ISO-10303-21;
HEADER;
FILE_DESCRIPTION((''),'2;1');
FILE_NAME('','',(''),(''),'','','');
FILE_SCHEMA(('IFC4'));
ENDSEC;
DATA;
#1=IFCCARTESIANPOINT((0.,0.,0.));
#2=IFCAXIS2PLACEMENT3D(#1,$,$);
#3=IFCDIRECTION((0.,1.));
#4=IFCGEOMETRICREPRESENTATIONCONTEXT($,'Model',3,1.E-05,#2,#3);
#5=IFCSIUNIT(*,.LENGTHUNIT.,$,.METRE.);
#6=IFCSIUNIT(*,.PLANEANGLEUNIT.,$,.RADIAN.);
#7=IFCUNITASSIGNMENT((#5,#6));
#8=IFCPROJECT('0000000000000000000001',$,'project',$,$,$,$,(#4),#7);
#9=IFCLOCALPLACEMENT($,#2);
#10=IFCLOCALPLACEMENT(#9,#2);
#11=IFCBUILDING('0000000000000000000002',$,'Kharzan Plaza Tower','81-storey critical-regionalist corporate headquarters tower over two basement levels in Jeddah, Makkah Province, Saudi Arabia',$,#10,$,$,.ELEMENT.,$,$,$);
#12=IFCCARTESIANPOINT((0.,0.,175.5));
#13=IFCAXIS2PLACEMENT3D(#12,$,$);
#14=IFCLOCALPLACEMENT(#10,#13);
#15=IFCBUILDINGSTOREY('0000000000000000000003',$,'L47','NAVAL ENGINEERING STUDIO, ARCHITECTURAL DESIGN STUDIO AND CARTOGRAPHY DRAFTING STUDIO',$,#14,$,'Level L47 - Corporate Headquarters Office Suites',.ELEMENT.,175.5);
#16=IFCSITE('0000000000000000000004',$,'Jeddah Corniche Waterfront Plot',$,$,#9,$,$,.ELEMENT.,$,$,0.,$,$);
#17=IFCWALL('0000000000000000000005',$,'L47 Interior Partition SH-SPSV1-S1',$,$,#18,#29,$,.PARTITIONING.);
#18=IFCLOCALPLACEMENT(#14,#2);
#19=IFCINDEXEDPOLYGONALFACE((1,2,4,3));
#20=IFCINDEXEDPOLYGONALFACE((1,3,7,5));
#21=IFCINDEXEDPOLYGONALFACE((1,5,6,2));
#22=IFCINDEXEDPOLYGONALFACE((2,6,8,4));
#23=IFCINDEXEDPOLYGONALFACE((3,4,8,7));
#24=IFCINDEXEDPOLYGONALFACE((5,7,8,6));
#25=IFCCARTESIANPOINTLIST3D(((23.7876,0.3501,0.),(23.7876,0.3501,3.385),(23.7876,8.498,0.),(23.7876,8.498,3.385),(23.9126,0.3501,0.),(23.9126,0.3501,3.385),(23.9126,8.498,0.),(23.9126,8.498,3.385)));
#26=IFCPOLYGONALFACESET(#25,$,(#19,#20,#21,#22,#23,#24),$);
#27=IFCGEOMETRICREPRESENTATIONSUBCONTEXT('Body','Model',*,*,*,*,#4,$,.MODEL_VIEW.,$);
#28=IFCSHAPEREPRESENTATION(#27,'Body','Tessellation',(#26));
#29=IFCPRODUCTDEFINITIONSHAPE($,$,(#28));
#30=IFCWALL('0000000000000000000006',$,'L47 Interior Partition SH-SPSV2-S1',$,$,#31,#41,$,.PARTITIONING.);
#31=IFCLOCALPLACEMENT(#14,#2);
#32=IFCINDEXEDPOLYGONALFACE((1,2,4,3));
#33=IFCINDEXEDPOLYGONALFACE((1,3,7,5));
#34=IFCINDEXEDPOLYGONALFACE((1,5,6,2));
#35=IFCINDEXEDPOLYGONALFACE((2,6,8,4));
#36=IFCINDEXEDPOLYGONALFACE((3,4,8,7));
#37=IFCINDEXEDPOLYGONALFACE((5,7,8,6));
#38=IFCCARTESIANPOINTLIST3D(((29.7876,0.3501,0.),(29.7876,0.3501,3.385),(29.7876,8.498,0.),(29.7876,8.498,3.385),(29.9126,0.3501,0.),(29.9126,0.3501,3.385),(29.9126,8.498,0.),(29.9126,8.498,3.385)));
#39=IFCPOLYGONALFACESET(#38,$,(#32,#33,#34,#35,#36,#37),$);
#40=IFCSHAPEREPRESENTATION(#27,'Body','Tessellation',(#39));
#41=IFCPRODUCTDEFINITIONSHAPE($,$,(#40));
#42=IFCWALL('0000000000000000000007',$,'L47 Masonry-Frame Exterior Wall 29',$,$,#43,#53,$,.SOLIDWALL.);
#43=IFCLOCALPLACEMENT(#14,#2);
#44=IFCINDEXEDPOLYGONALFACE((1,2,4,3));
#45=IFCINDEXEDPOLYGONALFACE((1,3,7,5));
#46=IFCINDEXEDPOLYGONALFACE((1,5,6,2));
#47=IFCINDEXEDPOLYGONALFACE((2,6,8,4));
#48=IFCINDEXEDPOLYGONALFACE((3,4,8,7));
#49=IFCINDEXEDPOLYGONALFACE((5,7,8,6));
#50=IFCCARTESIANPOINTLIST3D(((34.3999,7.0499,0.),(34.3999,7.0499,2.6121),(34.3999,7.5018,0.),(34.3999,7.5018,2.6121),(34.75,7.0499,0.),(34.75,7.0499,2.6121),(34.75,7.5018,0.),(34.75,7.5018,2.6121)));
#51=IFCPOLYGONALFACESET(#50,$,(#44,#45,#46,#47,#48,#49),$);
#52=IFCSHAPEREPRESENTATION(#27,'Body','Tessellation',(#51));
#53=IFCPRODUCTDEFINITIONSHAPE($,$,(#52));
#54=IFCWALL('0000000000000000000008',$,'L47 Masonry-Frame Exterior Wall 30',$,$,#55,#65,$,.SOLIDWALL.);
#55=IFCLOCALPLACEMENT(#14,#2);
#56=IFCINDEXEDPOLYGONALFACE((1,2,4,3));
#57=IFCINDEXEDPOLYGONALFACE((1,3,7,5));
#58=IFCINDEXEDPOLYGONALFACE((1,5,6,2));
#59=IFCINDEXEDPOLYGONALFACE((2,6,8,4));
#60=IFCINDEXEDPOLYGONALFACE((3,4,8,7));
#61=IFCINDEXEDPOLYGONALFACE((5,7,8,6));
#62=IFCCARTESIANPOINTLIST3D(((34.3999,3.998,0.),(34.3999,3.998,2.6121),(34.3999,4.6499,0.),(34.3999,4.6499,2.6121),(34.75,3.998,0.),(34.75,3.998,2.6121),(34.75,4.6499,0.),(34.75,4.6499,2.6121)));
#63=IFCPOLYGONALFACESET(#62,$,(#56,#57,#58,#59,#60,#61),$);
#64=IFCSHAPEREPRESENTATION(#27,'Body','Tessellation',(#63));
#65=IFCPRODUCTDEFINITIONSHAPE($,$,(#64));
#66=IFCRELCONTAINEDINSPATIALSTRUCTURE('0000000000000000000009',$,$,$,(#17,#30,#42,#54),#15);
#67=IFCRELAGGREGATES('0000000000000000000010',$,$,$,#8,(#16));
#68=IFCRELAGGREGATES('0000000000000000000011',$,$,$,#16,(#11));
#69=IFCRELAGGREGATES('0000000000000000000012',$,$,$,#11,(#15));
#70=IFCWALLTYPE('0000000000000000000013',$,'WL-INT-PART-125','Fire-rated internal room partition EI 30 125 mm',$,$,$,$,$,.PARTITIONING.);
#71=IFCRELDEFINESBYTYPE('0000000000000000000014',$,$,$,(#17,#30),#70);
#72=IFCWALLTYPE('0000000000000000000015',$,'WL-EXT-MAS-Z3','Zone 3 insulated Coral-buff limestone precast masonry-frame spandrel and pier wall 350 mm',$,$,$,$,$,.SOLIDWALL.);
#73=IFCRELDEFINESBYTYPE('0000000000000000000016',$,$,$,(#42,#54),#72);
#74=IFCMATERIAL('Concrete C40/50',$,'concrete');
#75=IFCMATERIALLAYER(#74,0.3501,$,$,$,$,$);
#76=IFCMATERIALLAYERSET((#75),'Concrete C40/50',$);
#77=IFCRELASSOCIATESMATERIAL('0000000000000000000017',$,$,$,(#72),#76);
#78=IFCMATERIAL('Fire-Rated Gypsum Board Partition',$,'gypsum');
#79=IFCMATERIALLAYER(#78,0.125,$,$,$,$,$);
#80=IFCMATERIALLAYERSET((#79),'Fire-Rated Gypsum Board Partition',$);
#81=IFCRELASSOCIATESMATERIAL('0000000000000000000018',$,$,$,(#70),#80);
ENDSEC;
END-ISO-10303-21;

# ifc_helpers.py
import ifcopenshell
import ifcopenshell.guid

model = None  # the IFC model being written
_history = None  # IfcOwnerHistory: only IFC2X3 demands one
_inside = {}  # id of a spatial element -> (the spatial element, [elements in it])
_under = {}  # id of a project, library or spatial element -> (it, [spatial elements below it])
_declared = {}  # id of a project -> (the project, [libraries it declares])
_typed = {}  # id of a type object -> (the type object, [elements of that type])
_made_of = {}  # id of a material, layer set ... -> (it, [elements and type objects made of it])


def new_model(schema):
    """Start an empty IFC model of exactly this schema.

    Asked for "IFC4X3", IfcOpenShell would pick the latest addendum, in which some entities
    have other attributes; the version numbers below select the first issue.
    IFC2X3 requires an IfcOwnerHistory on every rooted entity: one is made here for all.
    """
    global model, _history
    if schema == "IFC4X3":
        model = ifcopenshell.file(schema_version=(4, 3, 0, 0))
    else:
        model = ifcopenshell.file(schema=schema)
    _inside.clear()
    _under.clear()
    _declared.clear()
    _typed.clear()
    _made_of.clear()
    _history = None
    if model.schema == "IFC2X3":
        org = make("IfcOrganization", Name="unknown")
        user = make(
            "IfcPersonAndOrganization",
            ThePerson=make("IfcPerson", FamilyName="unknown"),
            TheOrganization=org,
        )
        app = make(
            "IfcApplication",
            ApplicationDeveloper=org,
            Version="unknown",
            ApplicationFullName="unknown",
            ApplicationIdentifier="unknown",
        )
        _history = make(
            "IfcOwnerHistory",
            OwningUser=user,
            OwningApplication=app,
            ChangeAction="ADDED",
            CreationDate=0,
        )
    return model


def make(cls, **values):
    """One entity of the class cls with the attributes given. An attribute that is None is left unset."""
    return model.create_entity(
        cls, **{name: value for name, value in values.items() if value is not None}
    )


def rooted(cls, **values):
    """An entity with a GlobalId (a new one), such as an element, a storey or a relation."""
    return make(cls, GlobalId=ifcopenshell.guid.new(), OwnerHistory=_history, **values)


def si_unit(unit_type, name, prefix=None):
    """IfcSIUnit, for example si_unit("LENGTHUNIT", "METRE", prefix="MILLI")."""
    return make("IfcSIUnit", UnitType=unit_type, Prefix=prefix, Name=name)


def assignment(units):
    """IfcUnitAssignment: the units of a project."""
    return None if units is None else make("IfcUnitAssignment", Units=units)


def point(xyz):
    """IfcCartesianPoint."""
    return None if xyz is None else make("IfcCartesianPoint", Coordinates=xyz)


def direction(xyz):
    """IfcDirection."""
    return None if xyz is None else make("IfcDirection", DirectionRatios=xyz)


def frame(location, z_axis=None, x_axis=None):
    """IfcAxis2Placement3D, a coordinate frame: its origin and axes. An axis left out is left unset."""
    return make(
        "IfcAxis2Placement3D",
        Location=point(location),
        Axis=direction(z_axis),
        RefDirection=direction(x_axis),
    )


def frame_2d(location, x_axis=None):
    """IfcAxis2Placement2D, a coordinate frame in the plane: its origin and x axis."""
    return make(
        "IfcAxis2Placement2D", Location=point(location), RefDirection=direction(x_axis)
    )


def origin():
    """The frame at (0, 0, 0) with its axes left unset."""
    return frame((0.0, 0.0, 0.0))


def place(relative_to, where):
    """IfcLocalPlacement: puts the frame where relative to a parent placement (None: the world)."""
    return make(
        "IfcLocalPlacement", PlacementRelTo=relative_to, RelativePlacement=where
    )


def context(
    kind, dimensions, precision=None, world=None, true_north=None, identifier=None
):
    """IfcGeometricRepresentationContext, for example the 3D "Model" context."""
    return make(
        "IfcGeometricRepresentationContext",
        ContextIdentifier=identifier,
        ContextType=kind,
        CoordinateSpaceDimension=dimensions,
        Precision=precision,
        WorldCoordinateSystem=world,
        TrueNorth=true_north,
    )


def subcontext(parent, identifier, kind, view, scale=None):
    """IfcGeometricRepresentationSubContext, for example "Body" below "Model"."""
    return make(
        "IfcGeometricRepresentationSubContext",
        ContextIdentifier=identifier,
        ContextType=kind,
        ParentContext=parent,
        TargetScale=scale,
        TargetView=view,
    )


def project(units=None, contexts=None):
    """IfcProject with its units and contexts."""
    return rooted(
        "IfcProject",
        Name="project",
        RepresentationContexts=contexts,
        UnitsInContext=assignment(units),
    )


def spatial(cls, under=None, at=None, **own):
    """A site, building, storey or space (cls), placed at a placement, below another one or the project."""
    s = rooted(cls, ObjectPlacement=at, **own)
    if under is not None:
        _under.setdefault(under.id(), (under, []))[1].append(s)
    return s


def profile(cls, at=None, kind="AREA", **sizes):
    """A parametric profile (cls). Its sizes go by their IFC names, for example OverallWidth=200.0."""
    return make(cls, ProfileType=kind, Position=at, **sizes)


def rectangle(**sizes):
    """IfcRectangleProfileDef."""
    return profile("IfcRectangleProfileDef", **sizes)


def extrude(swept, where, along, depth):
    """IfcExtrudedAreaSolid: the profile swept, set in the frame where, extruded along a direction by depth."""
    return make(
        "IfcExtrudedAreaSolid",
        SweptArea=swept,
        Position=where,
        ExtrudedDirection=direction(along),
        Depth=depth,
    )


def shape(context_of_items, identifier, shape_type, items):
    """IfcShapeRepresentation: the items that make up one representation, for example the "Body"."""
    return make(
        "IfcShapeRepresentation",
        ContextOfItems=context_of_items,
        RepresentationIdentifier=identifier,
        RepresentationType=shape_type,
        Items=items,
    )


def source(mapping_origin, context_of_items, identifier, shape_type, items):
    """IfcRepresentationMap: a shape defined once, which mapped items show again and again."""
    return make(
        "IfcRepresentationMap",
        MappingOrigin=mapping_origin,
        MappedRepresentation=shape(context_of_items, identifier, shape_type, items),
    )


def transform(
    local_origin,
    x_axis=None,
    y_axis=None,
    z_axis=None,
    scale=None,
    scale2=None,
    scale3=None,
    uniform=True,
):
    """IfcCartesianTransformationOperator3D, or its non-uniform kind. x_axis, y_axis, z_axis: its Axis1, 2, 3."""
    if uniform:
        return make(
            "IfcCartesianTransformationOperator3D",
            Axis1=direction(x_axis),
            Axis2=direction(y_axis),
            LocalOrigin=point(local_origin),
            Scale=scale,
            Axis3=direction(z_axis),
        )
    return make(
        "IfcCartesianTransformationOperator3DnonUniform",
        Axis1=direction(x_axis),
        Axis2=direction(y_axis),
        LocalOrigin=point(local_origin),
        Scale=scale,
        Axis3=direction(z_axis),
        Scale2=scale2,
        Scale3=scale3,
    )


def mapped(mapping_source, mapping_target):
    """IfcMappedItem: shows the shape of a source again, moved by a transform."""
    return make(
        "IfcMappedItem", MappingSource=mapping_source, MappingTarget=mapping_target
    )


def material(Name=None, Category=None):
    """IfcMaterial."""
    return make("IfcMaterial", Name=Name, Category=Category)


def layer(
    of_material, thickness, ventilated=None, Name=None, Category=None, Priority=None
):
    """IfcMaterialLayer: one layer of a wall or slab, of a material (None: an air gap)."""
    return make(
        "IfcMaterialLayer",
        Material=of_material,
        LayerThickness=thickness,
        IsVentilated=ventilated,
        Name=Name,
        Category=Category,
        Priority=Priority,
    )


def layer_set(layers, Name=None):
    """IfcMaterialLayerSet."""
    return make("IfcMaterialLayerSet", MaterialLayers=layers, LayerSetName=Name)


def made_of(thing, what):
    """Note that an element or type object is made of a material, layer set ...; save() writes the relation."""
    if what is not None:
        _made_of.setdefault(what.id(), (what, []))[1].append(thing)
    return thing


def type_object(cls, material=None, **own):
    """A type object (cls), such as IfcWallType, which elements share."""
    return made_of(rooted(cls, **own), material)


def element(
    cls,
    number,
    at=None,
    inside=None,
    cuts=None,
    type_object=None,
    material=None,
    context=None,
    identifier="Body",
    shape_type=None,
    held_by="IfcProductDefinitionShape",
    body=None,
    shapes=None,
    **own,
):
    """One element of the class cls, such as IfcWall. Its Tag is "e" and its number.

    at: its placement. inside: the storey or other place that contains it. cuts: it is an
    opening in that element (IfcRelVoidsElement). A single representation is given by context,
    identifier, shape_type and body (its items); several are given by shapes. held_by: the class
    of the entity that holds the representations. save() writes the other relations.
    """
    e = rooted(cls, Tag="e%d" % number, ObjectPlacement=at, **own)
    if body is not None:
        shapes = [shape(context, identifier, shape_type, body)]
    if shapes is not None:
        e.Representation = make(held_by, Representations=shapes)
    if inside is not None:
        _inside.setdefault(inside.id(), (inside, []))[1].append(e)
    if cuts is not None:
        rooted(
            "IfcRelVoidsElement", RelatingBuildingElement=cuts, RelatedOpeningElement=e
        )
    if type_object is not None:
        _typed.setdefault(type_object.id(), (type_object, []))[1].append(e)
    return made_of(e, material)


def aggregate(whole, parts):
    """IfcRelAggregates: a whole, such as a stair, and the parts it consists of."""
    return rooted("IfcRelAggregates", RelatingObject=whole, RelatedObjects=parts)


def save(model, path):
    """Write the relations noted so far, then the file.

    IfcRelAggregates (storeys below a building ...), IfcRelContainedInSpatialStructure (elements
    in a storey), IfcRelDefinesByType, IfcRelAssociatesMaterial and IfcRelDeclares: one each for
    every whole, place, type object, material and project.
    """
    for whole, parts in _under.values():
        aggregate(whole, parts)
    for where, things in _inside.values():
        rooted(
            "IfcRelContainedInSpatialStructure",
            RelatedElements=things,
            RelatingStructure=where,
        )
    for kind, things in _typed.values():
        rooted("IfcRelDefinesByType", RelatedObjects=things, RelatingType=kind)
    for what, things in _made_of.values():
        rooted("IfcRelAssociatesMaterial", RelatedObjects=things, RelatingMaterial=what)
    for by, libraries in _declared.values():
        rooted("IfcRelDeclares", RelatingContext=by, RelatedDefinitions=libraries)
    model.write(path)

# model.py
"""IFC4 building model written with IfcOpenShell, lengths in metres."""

from ifc_helpers import new_model, si_unit, direction, frame, frame_2d, origin, place, context, subcontext, project, spatial, rectangle, extrude, source, transform, mapped, material, layer, layer_set, type_object, element, save


model = new_model("IFC4")

# Units and contexts
model_context = context("Model", 3, precision=1e-05, world=origin(), true_north=direction((0.0, 1.0)))
body_context = subcontext(model_context, "Body", "Model", "MODEL_VIEW")
ifc_project = project(units=[si_unit("LENGTHUNIT", "METRE"), si_unit("PLANEANGLEUNIT", "RADIAN")], contexts=[model_context])

# Site, building, storey
site_placement = place(None, origin())
site = spatial("IfcSite", under=ifc_project, at=site_placement, Name="Jeddah Corniche Waterfront Plot", CompositionType="ELEMENT", RefElevation=0.0)
building_placement = place(site_placement, origin())
building = spatial("IfcBuilding", under=site, at=building_placement, Name="Kharzan Plaza Tower", Description="81-storey critical-regionalist corporate headquarters tower over two basement levels in Jeddah, Makkah Province, Saudi Arabia", CompositionType="ELEMENT")
storey_placement = place(building_placement, frame((0.0, 0.0, 175.5)))
storey = spatial("IfcBuildingStorey", under=building, at=storey_placement, Name="L47", Description="NAVAL ENGINEERING STUDIO, ARCHITECTURAL DESIGN STUDIO AND CARTOGRAPHY DRAFTING STUDIO", LongName="Level L47 - Corporate Headquarters Office Suites", CompositionType="ELEMENT", Elevation=175.5)

# Shared definitions
ifc_material_1 = material(Name="Concrete C40/50", Category="concrete")
ifc_layer_1 = layer(ifc_material_1, 0.3501)
ifc_layer_set_1 = layer_set([ifc_layer_1], Name="Concrete C40/50")
wall_type_1 = type_object("IfcWallType", Name="WL-EXT-MAS-Z3", Description="Zone 3 insulated Coral-buff limestone precast masonry-frame spandrel and pier wall 350 mm", PredefinedType="SOLIDWALL", material=ifc_layer_set_1)

# Walls
ifc_material_2 = material(Name="Fire-Rated Gypsum Board Partition", Category="gypsum")
ifc_layer_2 = layer(ifc_material_2, 0.125)
ifc_layer_set_2 = layer_set([ifc_layer_2], Name="Fire-Rated Gypsum Board Partition")
wall_type_2 = type_object("IfcWallType", Name="WL-INT-PART-125", Description="Fire-rated internal room partition EI 30 125 mm", PredefinedType="PARTITIONING", material=ifc_layer_set_2)
shared_shape_1 = source(origin(), body_context, "Body", "SweptSolid", [
    extrude(rectangle(XDim=8.1479, YDim=0.125, at=frame_2d((4.074, 0.0))), origin(), (0.0, 0.0, 1.0), 3.385),
])
for number, where, z_axis, x_axis, name in (
    (1, (23.8501, 0.3501, 0.0), (0.0, 0.0, 1.0), (0.0, 1.0, 0.0), "L47 Interior Partition SH-SPSV1-S1"),
    (2, (29.8501, 0.3501, 0.0), (0.0, 0.0, 1.0), (0.0, 1.0, 0.0), "L47 Interior Partition SH-SPSV2-S1"),
):
    element("IfcWall", number, at=place(storey_placement, frame(where, z_axis=z_axis, x_axis=x_axis)), inside=storey, type_object=wall_type_2, Name=name, PredefinedType="PARTITIONING", context=body_context, shape_type="MappedRepresentation", body=[
        mapped(shared_shape_1, transform((0.0, 0.0, 0.0), x_axis=(1.0, 0.0, 0.0), y_axis=(0.0, 1.0, 0.0), z_axis=(0.0, 0.0, 1.0))),
    ])
shared_shape_2 = source(origin(), body_context, "Body", "SweptSolid", [
    extrude(rectangle(XDim=0.4519, YDim=0.3501, at=frame_2d((0.2261, 0.0))), origin(), (0.0, 0.0, 1.0), 2.6121),
])
wall_1_placement = place(storey_placement, frame((34.575, 7.502, 0.0), z_axis=(0.0, 0.0, 1.0), x_axis=(0.0, -1.0, 0.0)))
element("IfcWall", 3, at=wall_1_placement, inside=storey, type_object=wall_type_1, Name="L47 Masonry-Frame Exterior Wall 29", PredefinedType="SOLIDWALL", context=body_context, shape_type="MappedRepresentation", body=[
    mapped(shared_shape_2, transform((0.0, 0.0, 0.0), x_axis=(1.0, 0.0, 0.0), y_axis=(0.0, 1.0, 0.0), z_axis=(0.0, 0.0, 1.0))),
])
shared_shape_3 = source(origin(), body_context, "Body", "SweptSolid", [
    extrude(rectangle(XDim=0.6519, YDim=0.3501, at=frame_2d((0.3259, 0.0))), origin(), (0.0, 0.0, 1.0), 2.6121),
])
wall_2_placement = place(storey_placement, frame((34.575, 4.6499, 0.0), z_axis=(0.0, 0.0, 1.0), x_axis=(0.0, -1.0, 0.0)))
element("IfcWall", 4, at=wall_2_placement, inside=storey, type_object=wall_type_1, Name="L47 Masonry-Frame Exterior Wall 30", PredefinedType="SOLIDWALL", context=body_context, shape_type="MappedRepresentation", body=[
    mapped(shared_shape_3, transform((0.0, 0.0, 0.0), x_axis=(1.0, 0.0, 0.0), y_axis=(0.0, 1.0, 0.0), z_axis=(0.0, 0.0, 1.0))),
])

save(model, "model.ifc")
